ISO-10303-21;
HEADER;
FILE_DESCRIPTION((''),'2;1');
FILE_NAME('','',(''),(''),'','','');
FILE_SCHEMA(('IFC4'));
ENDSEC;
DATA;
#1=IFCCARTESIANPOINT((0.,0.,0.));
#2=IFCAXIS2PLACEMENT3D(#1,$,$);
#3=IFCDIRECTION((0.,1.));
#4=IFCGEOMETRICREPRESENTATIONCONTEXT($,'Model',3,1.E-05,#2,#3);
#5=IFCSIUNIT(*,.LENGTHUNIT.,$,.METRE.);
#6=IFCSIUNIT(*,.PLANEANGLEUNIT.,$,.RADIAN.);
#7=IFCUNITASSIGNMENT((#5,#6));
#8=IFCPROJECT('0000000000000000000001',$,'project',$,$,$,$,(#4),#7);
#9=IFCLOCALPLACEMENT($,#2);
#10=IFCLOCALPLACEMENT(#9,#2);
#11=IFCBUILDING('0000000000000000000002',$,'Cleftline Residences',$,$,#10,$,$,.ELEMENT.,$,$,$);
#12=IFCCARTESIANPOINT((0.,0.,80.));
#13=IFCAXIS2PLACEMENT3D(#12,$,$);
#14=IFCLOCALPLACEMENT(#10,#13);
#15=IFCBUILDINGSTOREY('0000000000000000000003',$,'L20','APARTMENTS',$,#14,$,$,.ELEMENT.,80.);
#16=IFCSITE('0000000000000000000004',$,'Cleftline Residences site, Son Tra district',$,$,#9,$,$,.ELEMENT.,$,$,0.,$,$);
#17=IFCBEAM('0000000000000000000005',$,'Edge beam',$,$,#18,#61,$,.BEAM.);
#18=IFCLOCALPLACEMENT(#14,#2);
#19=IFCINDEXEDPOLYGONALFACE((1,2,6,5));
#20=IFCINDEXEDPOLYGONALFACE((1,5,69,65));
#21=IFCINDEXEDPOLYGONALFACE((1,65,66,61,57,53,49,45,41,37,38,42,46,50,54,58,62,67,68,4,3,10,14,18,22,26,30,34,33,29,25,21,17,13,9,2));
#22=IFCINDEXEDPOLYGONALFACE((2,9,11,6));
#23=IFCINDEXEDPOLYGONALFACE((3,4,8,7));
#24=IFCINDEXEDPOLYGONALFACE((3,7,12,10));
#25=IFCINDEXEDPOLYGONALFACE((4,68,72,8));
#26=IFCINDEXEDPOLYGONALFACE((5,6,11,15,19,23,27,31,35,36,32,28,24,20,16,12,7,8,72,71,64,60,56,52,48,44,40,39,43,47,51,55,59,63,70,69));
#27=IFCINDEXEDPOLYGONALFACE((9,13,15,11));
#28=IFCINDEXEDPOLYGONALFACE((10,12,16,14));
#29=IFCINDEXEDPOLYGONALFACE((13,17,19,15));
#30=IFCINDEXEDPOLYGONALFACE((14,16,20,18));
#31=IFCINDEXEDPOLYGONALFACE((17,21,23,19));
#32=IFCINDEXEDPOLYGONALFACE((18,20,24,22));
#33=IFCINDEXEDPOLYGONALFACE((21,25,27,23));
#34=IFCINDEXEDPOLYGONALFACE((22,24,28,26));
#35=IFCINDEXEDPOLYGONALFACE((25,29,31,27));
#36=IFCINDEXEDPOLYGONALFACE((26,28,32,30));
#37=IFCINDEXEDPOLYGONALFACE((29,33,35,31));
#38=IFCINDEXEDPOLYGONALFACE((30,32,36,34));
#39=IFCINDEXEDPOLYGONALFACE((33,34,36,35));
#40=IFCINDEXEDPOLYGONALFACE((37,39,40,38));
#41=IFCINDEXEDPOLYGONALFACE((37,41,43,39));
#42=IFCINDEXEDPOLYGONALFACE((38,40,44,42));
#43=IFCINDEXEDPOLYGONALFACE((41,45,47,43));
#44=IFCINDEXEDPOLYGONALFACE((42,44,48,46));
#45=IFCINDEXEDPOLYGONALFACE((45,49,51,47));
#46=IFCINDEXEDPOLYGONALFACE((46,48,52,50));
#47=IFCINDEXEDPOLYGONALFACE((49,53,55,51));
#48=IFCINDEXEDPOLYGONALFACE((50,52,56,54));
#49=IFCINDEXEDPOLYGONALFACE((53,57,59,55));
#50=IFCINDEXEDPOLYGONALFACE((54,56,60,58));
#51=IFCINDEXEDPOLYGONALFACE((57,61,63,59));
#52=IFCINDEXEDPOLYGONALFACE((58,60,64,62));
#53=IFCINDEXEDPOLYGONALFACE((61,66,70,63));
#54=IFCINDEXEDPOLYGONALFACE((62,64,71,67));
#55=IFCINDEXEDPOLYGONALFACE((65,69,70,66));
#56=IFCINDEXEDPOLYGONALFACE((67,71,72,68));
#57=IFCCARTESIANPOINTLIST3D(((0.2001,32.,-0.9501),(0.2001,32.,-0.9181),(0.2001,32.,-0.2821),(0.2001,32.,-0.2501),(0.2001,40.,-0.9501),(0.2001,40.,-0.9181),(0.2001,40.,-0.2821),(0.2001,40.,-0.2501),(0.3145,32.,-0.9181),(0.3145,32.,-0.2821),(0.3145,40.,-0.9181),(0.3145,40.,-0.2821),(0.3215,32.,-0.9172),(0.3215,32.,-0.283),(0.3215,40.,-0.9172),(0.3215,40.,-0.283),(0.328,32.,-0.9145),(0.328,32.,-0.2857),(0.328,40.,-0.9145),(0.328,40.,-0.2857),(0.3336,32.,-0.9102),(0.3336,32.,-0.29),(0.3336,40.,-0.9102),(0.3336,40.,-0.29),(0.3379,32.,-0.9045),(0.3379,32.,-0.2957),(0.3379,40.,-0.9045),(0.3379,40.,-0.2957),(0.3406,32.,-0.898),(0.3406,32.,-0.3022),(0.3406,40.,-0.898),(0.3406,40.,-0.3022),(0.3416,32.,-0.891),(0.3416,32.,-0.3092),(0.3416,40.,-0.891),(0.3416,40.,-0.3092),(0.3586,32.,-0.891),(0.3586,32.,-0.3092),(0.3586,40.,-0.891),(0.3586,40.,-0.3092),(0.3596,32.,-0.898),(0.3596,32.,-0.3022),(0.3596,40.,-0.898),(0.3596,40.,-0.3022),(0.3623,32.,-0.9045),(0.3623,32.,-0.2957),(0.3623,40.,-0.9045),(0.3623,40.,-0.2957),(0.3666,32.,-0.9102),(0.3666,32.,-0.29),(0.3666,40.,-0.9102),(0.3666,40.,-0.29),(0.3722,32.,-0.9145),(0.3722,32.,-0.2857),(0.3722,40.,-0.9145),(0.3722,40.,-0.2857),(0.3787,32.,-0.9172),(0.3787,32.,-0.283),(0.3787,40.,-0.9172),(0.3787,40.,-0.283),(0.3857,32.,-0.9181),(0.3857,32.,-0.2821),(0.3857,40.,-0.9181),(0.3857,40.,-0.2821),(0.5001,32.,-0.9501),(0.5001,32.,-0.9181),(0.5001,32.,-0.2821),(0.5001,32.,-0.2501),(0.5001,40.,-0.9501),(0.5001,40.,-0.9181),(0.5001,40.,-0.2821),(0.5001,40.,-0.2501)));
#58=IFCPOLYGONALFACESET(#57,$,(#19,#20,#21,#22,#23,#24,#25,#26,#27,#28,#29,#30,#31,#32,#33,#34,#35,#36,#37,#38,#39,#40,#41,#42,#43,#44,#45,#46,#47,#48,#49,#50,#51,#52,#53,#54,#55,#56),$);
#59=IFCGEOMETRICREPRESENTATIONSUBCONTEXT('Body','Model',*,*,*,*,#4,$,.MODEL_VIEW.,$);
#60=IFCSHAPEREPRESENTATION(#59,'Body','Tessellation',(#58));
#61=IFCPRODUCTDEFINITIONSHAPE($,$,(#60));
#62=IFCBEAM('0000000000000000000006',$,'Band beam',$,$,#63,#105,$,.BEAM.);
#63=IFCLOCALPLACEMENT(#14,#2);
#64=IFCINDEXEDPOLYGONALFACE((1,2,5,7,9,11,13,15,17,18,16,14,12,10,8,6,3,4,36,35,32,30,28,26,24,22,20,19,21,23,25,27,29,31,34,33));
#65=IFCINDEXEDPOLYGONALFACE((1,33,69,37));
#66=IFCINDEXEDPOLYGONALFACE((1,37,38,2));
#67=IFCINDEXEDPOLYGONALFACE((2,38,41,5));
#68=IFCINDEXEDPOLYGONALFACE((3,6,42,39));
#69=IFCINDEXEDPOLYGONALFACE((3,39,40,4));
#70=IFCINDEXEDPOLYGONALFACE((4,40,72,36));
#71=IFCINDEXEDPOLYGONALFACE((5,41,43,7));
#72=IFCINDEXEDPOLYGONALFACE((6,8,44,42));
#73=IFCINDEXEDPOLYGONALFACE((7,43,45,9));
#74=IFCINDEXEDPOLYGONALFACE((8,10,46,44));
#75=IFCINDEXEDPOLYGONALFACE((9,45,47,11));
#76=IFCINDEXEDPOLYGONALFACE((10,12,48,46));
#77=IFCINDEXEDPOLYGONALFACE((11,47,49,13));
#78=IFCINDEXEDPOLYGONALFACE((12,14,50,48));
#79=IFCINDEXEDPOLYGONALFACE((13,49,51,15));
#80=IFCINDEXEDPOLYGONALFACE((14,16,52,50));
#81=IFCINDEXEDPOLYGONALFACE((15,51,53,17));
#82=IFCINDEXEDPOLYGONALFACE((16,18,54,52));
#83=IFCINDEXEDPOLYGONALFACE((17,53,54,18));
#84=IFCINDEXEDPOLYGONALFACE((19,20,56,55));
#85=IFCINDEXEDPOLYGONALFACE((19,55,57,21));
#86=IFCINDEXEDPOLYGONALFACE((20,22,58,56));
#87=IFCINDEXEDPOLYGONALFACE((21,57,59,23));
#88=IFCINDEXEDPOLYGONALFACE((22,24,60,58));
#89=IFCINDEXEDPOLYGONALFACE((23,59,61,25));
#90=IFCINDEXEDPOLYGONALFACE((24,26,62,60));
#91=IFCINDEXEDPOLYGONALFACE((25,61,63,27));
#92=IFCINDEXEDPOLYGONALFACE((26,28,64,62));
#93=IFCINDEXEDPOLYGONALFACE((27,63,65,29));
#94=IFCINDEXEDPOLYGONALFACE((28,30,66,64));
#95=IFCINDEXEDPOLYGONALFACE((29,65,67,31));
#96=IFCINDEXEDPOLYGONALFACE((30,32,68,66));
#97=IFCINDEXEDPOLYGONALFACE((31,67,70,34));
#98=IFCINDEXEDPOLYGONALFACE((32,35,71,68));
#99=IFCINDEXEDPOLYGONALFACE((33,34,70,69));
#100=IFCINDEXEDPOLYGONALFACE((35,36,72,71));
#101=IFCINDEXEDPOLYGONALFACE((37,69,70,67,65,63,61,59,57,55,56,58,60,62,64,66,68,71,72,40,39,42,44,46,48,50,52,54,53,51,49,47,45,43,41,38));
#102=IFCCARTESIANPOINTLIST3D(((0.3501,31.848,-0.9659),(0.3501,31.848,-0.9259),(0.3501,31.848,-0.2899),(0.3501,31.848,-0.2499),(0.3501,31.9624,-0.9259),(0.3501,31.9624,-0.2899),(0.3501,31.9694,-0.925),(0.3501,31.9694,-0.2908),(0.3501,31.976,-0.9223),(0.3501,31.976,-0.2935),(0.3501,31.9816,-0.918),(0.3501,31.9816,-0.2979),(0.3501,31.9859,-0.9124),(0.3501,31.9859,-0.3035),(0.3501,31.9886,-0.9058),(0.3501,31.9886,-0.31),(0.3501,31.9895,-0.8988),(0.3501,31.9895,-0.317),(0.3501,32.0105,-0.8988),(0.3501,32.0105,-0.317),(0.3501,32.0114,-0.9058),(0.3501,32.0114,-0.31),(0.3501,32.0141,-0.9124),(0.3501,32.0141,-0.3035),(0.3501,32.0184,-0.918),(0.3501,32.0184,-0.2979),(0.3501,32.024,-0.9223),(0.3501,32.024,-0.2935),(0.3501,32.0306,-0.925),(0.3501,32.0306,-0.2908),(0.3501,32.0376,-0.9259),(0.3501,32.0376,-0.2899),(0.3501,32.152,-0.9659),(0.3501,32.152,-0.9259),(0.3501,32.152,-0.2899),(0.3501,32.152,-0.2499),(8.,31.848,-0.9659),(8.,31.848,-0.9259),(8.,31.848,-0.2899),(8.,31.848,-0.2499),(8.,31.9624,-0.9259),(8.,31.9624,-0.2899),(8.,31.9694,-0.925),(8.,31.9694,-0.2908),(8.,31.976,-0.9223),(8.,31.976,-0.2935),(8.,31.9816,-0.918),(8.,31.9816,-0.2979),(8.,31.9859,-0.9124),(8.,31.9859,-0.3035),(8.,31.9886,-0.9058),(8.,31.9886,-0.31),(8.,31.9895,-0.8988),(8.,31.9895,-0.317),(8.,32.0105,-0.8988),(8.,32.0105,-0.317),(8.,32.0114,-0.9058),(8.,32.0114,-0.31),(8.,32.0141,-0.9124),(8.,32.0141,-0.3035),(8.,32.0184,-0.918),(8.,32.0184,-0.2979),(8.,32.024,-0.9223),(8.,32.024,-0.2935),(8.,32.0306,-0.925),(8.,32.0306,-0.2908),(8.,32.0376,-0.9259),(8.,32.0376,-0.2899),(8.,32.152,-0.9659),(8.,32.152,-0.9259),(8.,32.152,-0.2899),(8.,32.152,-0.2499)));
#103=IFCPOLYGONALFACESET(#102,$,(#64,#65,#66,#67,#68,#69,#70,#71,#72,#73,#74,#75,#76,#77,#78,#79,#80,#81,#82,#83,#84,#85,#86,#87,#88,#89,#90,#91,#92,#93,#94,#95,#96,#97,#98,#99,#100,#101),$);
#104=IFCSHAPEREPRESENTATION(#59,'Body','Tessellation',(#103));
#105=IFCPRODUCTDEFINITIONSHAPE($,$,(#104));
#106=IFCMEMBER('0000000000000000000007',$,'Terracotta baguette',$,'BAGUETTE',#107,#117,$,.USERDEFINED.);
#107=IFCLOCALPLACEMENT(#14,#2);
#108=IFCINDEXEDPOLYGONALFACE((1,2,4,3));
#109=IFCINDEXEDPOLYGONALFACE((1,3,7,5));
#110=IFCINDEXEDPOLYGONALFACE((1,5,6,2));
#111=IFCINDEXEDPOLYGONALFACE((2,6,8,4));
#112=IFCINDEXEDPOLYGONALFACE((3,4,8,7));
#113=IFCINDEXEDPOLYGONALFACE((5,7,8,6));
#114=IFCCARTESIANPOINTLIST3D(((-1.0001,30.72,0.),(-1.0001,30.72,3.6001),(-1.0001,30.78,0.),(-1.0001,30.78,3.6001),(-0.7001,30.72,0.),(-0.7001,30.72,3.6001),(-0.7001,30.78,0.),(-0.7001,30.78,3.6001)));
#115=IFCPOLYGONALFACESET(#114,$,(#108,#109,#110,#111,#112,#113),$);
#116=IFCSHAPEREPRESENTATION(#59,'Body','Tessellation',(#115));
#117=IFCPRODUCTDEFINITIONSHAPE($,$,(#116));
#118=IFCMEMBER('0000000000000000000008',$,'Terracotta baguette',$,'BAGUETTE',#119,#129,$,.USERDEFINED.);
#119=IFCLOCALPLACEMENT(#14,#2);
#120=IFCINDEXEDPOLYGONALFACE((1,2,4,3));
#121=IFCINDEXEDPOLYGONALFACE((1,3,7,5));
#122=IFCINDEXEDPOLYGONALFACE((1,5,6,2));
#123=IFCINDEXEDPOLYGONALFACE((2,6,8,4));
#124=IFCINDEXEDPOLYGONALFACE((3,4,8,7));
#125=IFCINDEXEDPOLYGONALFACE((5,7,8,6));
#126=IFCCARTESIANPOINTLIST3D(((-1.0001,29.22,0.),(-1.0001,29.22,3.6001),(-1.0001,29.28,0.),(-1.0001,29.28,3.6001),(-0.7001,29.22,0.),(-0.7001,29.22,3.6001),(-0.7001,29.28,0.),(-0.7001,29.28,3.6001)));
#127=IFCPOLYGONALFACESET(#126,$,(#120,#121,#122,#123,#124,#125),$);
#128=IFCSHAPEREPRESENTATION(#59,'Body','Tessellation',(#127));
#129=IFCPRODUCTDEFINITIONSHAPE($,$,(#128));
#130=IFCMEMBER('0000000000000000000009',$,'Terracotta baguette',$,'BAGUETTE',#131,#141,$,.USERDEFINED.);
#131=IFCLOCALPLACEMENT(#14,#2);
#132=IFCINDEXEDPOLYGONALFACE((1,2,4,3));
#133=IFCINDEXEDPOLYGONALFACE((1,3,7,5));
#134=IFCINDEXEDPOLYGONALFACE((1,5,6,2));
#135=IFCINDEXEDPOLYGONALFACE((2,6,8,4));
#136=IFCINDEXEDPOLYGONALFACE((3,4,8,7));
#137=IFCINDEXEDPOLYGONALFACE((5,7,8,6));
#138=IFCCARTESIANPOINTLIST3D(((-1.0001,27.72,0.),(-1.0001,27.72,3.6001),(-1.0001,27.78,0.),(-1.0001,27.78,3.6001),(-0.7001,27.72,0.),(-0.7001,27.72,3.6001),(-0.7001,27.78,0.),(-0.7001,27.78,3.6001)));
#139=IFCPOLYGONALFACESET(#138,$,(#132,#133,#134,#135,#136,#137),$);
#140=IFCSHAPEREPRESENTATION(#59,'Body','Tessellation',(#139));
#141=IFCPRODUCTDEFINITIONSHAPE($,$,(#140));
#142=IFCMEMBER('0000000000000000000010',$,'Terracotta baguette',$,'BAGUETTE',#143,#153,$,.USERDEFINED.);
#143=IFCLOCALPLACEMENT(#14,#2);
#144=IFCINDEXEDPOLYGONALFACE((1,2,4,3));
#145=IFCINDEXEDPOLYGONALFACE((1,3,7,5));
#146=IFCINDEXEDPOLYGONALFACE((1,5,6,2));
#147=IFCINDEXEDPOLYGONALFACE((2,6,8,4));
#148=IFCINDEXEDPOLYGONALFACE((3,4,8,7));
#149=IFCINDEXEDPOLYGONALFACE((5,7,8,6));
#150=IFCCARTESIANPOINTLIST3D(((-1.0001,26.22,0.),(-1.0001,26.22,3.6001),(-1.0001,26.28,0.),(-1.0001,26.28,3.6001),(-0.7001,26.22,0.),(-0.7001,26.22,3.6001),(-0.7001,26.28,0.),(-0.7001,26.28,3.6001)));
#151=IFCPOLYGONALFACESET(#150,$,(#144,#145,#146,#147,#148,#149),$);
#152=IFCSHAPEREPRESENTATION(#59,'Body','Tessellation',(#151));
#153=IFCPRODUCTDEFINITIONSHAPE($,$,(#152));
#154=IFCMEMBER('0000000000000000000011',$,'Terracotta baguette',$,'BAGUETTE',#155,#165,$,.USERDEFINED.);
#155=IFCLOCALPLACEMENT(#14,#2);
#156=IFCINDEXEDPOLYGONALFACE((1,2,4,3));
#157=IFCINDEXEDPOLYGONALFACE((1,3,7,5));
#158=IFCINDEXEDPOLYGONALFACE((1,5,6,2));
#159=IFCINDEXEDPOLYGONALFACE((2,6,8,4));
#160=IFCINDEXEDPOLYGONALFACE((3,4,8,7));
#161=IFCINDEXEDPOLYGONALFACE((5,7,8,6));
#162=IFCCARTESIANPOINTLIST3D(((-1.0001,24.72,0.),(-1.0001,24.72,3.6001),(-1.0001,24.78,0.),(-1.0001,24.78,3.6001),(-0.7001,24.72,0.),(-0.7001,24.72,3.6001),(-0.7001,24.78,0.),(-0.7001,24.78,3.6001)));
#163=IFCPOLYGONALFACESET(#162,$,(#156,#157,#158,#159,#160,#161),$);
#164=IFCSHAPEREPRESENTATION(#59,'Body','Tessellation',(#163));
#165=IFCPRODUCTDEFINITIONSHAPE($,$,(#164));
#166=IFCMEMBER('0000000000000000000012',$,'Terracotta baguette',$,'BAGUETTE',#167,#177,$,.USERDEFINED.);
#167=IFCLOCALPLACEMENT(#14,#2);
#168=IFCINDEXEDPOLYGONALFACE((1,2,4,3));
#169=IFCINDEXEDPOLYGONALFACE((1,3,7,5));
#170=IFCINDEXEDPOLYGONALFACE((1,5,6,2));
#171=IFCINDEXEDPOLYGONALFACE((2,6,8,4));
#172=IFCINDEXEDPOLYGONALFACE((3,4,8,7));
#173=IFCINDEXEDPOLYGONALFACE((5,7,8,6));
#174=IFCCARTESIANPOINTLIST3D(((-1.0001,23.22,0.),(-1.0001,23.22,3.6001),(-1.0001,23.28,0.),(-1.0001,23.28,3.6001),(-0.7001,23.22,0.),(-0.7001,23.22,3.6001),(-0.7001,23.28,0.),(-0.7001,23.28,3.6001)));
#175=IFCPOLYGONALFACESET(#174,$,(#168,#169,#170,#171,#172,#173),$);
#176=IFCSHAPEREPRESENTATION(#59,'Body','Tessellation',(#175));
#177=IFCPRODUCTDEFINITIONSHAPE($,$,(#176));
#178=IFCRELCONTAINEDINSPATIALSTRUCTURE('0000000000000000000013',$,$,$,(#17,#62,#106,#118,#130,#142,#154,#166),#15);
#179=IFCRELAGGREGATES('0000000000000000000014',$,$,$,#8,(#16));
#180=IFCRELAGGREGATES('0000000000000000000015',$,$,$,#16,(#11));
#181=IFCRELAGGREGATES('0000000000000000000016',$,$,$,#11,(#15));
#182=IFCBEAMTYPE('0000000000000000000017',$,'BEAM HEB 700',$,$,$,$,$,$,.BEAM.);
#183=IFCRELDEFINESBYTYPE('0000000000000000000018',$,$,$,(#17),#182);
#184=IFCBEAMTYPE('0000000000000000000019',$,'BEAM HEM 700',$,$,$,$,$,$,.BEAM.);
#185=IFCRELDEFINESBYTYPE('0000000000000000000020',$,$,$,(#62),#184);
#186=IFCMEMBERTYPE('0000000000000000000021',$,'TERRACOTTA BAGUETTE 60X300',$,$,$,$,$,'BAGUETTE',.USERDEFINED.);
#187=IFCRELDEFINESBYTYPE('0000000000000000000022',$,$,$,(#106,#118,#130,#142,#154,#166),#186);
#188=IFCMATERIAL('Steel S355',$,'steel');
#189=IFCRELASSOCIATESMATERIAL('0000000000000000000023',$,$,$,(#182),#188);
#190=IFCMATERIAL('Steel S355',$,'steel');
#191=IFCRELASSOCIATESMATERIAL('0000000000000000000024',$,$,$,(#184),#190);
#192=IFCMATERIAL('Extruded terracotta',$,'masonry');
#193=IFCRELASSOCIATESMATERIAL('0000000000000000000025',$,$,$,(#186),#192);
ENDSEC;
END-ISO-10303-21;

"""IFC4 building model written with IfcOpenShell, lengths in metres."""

from ifc_helpers import new_model, si_unit, direction, frame, origin, origin_2d, place, context, subcontext, project, spatial, rectangle, i_section, extrude, material, material_profile, profile_set, type_object, element, save


model = new_model("IFC4")

# Units and contexts
model_context = context("Model", 3, precision=1e-05, world=origin(), true_north=direction((0.0, 1.0)))
body_context = subcontext(model_context, "Body", "Model", "MODEL_VIEW")
ifc_project = project(units=[si_unit("LENGTHUNIT", "METRE"), si_unit("PLANEANGLEUNIT", "RADIAN")], contexts=[model_context])

# Site, building, storey
site_placement = place(None, origin())
site = spatial("IfcSite", under=ifc_project, at=site_placement, Name="Cleftline Residences site, Son Tra district", CompositionType="ELEMENT", RefElevation=0.0)
building_placement = place(site_placement, origin())
building = spatial("IfcBuilding", under=site, at=building_placement, Name="Cleftline Residences", CompositionType="ELEMENT")
storey_placement = place(building_placement, frame((0.0, 0.0, 80.0)))
storey = spatial("IfcBuildingStorey", under=building, at=storey_placement, Name="L20", Description="APARTMENTS", CompositionType="ELEMENT", Elevation=80.0)

# Beams
ifc_material_1 = material(Name="Steel S355", Category="steel")
ifc_material_profile_1 = material_profile(ifc_material_1, i_section(OverallWidth=0.3, OverallDepth=0.7, WebThickness=0.0171, FlangeThickness=0.032, FilletRadius=0.0271, at=origin_2d()))
ifc_profile_set_1 = profile_set([ifc_material_profile_1], Name="Steel S355")
beam_type_1 = type_object("IfcBeamType", Name="BEAM HEB 700", PredefinedType="BEAM", material=ifc_profile_set_1)
for number, where, z_axis, x_axis, name in (
    (1, (0.3501, 32.0, -0.6001), (0.0, 1.0, 0.0), (-1.0, 0.0, 0.0), "Edge beam"),
):
    element("IfcBeam", number, at=place(storey_placement, frame(where, z_axis=z_axis, x_axis=x_axis)), inside=storey, type_object=beam_type_1, Name=name, PredefinedType="BEAM", context=body_context, shape_type="SweptSolid", body=[
        extrude(i_section(OverallWidth=0.3, OverallDepth=0.7, WebThickness=0.0171, FlangeThickness=0.032, FilletRadius=0.0271, at=origin_2d()), origin(), (0.0, 0.0, 1.0), 8.0),
    ])
ifc_material_2 = material(Name="Steel S355", Category="steel")
ifc_material_profile_2 = material_profile(ifc_material_2, i_section(OverallWidth=0.304, OverallDepth=0.7161, WebThickness=0.021, FlangeThickness=0.04, FilletRadius=0.0271, at=origin_2d()))
ifc_profile_set_2 = profile_set([ifc_material_profile_2], Name="Steel S355")
beam_type_2 = type_object("IfcBeamType", Name="BEAM HEM 700", PredefinedType="BEAM", material=ifc_profile_set_2)
beam_placement = place(storey_placement, frame((0.3501, 32.0, -0.6079), z_axis=(1.0, 0.0, 0.0), x_axis=(0.0, 1.0, 0.0)))
element("IfcBeam", 2, at=beam_placement, inside=storey, type_object=beam_type_2, Name="Band beam", PredefinedType="BEAM", context=body_context, shape_type="SweptSolid", body=[
    extrude(i_section(OverallWidth=0.304, OverallDepth=0.7161, WebThickness=0.021, FlangeThickness=0.04, FilletRadius=0.0271, at=origin_2d()), origin(), (0.0, 0.0, 1.0), 7.6499),
])

# Members
ifc_material_3 = material(Name="Extruded terracotta", Category="masonry")
ifc_material_profile_3 = material_profile(ifc_material_3, rectangle(XDim=0.0601, YDim=0.3, at=origin_2d()))
ifc_profile_set_3 = profile_set([ifc_material_profile_3], Name="Extruded terracotta")
member_type_1 = type_object("IfcMemberType", Name="TERRACOTTA BAGUETTE 60X300", ElementType="BAGUETTE", PredefinedType="USERDEFINED", material=ifc_profile_set_3)
for number, where, z_axis, x_axis, name in (
    (3, (-0.8501, 30.75, 0.0), (0.0, 0.0, 1.0), (0.0, 1.0, 0.0), "Terracotta baguette"),
    (4, (-0.8501, 29.25, 0.0), (0.0, 0.0, 1.0), (0.0, 1.0, 0.0), "Terracotta baguette"),
    (5, (-0.8501, 27.75, 0.0), (0.0, 0.0, 1.0), (0.0, 1.0, 0.0), "Terracotta baguette"),
    (6, (-0.8501, 26.25, 0.0), (0.0, 0.0, 1.0), (0.0, 1.0, 0.0), "Terracotta baguette"),
    (7, (-0.8501, 24.75, 0.0), (0.0, 0.0, 1.0), (0.0, 1.0, 0.0), "Terracotta baguette"),
    (8, (-0.8501, 23.25, 0.0), (0.0, 0.0, 1.0), (0.0, 1.0, 0.0), "Terracotta baguette"),
):
    element("IfcMember", number, at=place(storey_placement, frame(where, z_axis=z_axis, x_axis=x_axis)), inside=storey, type_object=member_type_1, Name=name, ObjectType="BAGUETTE", PredefinedType="USERDEFINED", context=body_context, shape_type="SweptSolid", body=[
        extrude(rectangle(XDim=0.0601, YDim=0.3, at=origin_2d()), origin(), (0.0, 0.0, 1.0), 3.6001),
    ])

save(model, "model.ifc")
